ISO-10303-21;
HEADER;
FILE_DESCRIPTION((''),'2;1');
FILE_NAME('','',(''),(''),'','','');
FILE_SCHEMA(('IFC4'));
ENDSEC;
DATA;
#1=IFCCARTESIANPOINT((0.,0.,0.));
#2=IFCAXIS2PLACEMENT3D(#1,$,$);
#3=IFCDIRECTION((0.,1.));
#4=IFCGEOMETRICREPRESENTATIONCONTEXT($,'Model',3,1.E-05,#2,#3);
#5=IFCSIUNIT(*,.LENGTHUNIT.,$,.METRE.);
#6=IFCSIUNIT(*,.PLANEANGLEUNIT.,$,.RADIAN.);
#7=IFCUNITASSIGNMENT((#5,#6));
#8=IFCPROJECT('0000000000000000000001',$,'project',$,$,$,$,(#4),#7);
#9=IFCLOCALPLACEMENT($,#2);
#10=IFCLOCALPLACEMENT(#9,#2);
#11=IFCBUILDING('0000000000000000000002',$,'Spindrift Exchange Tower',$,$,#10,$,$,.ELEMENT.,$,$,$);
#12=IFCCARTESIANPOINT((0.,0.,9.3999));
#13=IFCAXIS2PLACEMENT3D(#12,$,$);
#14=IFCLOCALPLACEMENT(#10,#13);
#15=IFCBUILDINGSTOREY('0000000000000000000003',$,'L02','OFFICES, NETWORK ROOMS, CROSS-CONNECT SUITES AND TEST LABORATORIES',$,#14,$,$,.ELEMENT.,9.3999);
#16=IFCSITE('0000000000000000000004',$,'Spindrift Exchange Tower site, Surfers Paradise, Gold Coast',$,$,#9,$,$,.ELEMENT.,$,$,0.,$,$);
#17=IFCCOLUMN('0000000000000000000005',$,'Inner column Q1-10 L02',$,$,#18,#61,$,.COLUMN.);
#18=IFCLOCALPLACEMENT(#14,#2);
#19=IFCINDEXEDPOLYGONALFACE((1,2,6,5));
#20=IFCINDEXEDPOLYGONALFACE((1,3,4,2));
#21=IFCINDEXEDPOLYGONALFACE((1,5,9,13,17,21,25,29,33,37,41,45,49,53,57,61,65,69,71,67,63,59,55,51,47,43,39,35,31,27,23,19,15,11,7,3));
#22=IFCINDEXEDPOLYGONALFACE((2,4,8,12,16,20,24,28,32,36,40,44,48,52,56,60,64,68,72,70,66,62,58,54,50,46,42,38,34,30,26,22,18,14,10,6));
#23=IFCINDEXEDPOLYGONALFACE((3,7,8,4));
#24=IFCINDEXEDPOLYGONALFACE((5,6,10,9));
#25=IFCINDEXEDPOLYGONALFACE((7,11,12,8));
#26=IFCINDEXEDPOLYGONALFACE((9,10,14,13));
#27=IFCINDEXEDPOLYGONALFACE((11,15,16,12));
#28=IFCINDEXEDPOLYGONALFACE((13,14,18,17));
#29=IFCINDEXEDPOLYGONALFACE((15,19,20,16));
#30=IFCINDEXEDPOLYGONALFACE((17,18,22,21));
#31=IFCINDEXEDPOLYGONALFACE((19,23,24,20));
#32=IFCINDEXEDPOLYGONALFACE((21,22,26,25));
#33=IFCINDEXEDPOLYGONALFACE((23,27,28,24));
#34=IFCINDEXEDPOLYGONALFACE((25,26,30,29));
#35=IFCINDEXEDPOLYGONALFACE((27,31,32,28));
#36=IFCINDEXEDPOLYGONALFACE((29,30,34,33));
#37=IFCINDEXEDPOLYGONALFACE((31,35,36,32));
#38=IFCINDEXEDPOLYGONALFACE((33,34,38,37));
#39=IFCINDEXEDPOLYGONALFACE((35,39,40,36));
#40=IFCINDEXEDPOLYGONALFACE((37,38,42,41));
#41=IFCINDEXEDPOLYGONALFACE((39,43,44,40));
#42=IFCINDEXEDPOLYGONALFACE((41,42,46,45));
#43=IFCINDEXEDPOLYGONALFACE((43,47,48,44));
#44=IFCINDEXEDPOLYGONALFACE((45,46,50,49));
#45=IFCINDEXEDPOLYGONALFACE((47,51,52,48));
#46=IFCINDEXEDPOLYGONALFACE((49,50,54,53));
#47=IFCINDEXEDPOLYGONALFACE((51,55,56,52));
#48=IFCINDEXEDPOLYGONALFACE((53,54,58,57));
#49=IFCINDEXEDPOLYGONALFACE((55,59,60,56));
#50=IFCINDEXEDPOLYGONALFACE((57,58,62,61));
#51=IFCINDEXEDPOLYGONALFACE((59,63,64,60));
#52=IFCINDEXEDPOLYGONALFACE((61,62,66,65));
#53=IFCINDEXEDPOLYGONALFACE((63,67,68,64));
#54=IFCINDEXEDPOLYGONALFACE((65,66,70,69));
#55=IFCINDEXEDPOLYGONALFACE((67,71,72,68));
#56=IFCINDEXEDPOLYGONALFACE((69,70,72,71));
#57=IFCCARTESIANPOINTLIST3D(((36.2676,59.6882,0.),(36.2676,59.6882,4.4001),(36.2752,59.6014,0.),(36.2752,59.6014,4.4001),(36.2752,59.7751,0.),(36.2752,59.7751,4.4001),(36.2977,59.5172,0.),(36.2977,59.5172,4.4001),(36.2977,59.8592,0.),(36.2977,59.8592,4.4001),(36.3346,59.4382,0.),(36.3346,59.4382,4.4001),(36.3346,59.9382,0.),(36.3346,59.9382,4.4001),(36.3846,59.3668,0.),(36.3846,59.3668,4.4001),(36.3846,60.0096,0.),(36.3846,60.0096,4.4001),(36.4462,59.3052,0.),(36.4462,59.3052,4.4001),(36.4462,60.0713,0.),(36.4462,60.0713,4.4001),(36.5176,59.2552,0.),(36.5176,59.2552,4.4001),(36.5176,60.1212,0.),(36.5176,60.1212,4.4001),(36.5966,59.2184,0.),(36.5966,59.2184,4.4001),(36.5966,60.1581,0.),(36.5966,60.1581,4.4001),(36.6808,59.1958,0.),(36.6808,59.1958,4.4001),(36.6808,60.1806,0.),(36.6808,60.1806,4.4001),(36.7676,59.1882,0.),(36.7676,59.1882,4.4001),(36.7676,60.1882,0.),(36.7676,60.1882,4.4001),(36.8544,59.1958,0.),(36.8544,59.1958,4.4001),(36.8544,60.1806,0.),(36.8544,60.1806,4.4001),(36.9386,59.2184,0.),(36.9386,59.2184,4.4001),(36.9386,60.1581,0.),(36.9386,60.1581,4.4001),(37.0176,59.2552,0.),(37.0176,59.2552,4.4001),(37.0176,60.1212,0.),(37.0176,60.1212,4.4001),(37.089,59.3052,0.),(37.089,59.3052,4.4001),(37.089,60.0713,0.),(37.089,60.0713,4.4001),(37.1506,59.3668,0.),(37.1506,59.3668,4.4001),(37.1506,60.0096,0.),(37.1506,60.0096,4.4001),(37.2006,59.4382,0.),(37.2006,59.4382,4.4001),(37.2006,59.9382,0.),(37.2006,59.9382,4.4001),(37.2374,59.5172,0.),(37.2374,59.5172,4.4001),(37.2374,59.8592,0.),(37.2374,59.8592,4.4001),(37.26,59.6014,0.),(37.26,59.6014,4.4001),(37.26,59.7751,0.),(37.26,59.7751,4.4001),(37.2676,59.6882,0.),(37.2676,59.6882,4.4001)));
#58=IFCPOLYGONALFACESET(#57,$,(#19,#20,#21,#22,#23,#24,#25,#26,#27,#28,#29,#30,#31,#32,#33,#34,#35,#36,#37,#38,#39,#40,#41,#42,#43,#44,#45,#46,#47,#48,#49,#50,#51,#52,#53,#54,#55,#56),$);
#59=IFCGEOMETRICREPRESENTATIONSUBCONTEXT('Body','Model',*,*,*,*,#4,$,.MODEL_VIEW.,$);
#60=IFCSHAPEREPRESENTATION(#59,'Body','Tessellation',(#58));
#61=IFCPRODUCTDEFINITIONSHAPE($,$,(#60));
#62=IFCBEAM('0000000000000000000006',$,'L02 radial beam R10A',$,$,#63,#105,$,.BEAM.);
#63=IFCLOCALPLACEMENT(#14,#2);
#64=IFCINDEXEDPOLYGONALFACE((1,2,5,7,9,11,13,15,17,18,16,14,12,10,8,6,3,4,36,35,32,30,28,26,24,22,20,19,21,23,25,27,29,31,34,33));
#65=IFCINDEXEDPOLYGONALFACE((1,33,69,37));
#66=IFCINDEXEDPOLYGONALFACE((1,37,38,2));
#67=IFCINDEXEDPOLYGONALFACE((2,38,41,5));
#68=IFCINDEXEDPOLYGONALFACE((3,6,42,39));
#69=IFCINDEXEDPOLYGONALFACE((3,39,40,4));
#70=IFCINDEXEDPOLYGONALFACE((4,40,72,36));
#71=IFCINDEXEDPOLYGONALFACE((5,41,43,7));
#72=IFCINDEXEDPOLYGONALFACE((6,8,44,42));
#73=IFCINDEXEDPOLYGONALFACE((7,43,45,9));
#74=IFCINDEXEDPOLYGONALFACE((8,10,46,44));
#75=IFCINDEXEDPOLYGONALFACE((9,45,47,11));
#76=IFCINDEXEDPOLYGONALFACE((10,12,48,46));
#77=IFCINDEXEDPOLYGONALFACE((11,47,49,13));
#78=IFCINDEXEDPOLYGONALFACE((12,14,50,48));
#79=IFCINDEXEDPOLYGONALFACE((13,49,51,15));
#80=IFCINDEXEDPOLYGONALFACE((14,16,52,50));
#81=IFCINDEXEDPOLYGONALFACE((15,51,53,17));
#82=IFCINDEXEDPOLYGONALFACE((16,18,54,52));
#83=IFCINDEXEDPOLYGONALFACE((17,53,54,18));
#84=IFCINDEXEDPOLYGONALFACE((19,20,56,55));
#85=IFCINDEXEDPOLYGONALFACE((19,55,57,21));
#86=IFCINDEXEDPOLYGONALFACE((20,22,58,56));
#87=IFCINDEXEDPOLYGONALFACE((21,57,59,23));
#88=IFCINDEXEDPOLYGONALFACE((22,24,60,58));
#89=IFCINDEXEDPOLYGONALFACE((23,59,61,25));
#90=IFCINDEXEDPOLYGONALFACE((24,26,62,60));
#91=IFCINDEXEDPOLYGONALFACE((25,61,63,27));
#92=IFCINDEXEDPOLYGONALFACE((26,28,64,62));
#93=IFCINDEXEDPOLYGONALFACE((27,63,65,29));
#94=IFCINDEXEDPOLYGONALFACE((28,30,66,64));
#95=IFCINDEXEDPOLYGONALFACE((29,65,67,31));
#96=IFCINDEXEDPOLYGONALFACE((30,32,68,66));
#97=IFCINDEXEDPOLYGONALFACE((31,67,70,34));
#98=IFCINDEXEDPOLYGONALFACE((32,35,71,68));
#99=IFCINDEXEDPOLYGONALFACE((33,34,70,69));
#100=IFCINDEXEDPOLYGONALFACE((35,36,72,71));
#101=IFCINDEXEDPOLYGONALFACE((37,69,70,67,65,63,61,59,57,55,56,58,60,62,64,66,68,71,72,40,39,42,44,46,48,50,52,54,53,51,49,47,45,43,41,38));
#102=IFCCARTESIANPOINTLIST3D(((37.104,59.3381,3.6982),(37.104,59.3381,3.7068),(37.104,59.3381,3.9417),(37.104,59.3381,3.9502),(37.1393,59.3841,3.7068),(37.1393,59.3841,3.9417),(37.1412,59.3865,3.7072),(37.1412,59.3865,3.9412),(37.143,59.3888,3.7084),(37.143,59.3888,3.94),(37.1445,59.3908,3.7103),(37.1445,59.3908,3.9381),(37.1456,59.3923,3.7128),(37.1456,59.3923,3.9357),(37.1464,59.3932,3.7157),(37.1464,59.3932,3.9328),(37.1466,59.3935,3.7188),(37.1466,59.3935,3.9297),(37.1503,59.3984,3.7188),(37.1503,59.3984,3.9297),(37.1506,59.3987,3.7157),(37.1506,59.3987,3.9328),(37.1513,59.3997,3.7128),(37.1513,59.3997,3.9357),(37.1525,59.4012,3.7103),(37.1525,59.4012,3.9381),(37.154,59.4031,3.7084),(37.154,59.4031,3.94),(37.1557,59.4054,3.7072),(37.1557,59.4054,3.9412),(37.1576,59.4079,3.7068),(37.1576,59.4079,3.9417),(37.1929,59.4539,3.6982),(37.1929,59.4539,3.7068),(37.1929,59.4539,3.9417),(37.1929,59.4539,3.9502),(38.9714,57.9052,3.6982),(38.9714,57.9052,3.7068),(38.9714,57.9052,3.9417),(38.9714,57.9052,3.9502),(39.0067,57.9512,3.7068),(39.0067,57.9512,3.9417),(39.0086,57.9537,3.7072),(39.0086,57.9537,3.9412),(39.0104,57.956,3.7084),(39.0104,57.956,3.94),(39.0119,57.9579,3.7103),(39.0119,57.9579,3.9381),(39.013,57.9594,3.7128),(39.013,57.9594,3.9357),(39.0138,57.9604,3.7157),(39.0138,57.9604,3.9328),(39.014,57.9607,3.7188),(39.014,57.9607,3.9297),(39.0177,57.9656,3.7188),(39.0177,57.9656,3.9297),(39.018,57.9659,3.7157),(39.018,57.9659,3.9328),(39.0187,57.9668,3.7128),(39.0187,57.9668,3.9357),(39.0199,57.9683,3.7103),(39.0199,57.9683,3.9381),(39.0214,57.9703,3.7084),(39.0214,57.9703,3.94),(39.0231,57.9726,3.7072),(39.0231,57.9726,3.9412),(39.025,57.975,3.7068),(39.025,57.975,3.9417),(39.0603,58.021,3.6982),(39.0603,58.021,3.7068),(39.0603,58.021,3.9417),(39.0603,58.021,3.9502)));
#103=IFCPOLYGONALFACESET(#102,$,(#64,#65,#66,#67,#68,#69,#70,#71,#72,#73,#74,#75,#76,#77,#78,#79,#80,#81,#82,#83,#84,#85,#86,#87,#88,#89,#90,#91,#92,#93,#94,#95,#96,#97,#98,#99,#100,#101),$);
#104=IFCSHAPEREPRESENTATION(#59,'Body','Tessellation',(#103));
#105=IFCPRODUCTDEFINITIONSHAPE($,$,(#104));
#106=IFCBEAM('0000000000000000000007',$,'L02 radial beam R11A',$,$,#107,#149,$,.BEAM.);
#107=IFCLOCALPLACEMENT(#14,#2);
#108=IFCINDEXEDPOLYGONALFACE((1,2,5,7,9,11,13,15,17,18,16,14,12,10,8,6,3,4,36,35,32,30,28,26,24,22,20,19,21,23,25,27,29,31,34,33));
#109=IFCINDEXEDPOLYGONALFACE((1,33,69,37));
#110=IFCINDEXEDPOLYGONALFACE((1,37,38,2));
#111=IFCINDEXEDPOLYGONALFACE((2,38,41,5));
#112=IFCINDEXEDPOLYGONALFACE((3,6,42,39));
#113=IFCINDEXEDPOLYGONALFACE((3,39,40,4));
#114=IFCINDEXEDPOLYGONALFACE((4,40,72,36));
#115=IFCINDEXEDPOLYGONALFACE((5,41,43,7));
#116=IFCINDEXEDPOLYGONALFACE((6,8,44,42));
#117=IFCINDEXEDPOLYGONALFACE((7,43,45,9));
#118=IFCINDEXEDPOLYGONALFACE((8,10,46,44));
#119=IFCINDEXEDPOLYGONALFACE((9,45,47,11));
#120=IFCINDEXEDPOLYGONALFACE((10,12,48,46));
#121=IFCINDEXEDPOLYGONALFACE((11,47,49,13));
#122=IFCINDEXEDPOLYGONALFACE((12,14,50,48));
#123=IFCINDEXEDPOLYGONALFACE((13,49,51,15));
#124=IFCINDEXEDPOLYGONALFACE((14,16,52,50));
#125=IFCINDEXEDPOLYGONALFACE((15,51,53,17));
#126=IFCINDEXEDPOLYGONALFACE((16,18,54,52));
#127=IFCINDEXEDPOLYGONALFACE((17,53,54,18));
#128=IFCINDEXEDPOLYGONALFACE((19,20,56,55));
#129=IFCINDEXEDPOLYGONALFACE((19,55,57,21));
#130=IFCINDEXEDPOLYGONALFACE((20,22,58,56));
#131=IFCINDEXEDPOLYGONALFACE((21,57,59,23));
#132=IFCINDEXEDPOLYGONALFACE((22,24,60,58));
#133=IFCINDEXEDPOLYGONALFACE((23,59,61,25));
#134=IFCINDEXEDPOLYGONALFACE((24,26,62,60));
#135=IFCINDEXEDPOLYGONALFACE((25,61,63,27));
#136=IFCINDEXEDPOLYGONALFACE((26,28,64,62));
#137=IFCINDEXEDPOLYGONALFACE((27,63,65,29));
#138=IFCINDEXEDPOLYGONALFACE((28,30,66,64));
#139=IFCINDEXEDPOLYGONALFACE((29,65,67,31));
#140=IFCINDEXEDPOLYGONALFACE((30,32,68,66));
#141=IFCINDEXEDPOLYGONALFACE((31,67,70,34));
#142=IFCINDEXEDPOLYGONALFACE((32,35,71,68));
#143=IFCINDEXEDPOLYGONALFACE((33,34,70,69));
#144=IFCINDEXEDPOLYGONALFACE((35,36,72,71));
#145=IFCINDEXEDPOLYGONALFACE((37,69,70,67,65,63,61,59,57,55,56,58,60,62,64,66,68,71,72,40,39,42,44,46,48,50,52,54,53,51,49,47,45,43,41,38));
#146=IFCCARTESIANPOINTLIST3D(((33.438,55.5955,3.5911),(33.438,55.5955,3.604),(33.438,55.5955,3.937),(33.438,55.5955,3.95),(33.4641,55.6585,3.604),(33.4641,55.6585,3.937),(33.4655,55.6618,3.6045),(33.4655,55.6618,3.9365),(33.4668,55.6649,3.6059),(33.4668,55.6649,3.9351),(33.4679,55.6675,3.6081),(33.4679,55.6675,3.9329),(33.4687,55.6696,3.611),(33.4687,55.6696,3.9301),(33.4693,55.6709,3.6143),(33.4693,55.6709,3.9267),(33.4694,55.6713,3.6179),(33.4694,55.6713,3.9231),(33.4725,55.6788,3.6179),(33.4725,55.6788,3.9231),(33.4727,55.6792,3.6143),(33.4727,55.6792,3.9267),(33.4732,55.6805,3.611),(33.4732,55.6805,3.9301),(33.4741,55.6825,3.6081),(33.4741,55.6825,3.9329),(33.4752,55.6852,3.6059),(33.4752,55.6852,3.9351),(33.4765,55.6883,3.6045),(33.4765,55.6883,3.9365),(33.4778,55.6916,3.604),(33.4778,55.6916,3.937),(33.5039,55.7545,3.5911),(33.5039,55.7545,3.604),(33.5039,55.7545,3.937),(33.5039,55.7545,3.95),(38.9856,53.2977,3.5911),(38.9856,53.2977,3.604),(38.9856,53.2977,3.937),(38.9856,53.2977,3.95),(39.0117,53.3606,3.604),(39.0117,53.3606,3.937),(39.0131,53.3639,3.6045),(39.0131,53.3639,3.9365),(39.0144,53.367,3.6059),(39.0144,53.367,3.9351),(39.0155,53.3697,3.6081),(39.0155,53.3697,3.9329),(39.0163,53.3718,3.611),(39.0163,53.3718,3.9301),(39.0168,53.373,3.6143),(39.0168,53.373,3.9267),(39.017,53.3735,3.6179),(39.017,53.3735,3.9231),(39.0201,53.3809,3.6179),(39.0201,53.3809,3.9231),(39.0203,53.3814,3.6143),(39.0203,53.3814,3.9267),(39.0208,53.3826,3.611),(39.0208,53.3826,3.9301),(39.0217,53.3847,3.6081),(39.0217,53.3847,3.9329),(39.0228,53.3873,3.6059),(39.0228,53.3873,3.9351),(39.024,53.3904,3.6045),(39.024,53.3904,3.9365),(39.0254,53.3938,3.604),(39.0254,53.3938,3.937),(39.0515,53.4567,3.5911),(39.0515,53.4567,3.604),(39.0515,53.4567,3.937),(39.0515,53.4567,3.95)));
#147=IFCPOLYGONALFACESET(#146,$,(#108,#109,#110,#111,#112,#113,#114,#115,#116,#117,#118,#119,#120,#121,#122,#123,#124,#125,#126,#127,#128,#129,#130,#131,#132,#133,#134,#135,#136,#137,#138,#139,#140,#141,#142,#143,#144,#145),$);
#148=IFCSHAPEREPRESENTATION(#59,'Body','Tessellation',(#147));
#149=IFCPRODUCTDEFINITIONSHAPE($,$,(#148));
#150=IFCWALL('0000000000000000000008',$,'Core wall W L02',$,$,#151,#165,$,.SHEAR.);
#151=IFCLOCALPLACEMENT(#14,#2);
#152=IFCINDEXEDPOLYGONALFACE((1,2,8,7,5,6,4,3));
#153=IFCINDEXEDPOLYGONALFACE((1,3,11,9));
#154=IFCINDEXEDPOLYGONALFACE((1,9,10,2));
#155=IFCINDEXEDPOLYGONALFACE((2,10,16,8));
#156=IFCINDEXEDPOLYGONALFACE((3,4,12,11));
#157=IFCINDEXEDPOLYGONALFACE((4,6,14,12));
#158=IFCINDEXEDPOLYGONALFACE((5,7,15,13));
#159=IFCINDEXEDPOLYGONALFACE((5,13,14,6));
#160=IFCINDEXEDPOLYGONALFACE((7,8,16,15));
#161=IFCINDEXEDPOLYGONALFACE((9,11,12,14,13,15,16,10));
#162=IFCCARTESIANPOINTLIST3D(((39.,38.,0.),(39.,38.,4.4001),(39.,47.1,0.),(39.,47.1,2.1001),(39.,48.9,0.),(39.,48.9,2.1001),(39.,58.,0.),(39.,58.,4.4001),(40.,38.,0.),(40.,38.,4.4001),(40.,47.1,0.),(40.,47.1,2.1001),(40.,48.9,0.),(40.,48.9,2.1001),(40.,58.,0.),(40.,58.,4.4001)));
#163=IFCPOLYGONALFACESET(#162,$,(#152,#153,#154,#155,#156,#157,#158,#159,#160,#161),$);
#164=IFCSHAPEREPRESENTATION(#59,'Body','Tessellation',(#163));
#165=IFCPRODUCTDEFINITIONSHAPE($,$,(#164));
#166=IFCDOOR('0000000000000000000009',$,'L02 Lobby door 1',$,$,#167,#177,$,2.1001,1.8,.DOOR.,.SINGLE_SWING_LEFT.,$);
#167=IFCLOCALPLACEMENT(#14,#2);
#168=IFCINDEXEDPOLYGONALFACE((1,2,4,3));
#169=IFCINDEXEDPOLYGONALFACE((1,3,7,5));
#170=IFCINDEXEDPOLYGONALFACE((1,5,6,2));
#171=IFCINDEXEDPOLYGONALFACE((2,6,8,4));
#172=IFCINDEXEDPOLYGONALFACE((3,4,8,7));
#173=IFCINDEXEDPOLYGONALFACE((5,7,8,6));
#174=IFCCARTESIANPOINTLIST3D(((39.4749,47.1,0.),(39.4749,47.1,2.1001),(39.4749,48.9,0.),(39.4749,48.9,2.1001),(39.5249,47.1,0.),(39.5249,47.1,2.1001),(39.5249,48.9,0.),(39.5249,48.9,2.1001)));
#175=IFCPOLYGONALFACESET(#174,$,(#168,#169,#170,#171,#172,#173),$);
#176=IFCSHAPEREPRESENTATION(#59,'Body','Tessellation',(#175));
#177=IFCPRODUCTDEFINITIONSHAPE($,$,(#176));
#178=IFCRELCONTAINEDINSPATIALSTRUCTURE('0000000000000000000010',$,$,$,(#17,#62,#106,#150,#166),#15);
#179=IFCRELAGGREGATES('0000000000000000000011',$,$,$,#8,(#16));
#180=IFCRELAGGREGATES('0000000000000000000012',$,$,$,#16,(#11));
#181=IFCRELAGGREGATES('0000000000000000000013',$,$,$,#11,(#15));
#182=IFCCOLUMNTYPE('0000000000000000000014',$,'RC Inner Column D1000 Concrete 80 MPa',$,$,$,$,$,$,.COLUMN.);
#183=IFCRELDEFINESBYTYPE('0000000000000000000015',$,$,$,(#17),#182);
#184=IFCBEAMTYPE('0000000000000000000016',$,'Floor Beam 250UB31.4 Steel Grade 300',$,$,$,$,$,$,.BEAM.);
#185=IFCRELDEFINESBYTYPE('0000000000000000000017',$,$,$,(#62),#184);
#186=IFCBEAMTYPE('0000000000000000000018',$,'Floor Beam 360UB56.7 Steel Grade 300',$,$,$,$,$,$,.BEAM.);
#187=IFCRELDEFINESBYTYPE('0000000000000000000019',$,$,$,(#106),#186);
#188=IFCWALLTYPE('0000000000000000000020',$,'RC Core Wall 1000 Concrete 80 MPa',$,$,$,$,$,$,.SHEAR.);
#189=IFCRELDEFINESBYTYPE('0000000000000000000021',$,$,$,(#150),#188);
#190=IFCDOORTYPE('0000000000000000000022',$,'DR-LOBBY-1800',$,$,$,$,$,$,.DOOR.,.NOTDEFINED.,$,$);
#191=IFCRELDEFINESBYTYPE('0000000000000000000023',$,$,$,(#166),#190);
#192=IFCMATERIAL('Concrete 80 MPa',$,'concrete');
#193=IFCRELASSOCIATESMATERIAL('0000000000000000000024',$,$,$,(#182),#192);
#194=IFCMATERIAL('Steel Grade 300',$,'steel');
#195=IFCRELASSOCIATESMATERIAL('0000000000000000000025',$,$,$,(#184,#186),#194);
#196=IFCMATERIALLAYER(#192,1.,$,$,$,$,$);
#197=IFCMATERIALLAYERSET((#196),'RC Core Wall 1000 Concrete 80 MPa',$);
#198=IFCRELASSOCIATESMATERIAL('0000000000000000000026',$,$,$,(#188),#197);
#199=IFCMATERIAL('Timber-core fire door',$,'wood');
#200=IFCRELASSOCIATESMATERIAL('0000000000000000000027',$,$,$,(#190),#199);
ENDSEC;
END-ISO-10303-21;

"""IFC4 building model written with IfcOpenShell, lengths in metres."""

from ifc_helpers import new_model, si_unit, direction, frame, frame_2d, origin, origin_2d, place, context, subcontext, project, spatial, rectangle, circle, i_section, extrude, source, transform, mapped, material, layer, layer_set, material_profile, profile_set, type_object, element, fill, save


model = new_model("IFC4")

# Units and contexts
model_context = context("Model", 3, precision=1e-05, world=origin(), true_north=direction((0.0, 1.0)))
body_context = subcontext(model_context, "Body", "Model", "MODEL_VIEW")
ifc_project = project(units=[si_unit("LENGTHUNIT", "METRE"), si_unit("PLANEANGLEUNIT", "RADIAN")], contexts=[model_context])

# Site, building, storey
site_placement = place(None, origin())
site = spatial("IfcSite", under=ifc_project, at=site_placement, Name="Spindrift Exchange Tower site, Surfers Paradise, Gold Coast", CompositionType="ELEMENT", RefElevation=0.0)
building_placement = place(site_placement, origin())
building = spatial("IfcBuilding", under=site, at=building_placement, Name="Spindrift Exchange Tower", CompositionType="ELEMENT")
storey_placement = place(building_placement, frame((0.0, 0.0, 9.3999)))
storey = spatial("IfcBuildingStorey", under=building, at=storey_placement, Name="L02", Description="OFFICES, NETWORK ROOMS, CROSS-CONNECT SUITES AND TEST LABORATORIES", CompositionType="ELEMENT", Elevation=9.3999)

# Column
ifc_material_1 = material(Name="Concrete 80 MPa", Category="concrete")
ifc_material_profile_1 = material_profile(ifc_material_1, circle(Radius=0.5, at=origin_2d()), Name="RC D1000")
ifc_profile_set_1 = profile_set([ifc_material_profile_1], Name="Concrete 80 MPa")
column_type = type_object("IfcColumnType", Name="RC Inner Column D1000 Concrete 80 MPa", PredefinedType="COLUMN", material=ifc_profile_set_1)
shared_shape_1 = source(origin(), body_context, "Body", "SweptSolid", [
    extrude(circle(Radius=0.5, at=origin_2d()), origin(), (0.0, 0.0, 1.0), 4.4001),
])
column_placement = place(storey_placement, frame((36.7676, 59.6882, 0.0), z_axis=(0.0, 0.0, 1.0), x_axis=(1.0, 0.0, 0.0)))
element("IfcColumn", 1, at=column_placement, inside=storey, type_object=column_type, Name="Inner column Q1-10 L02", PredefinedType="COLUMN", context=body_context, shape_type="MappedRepresentation", body=[
    mapped(shared_shape_1, transform((0.0, 0.0, 0.0), scale=1.0)),
])

# Beams
ifc_material_2 = material(Name="Steel Grade 300", Category="steel")
ifc_material_profile_2 = material_profile(ifc_material_2, i_section(OverallWidth=0.146, OverallDepth=0.252, WebThickness=0.0061, FlangeThickness=0.0085, FilletRadius=0.012, at=origin_2d()), Name="250UB31.4")
ifc_profile_set_2 = profile_set([ifc_material_profile_2], Name="Steel Grade 300")
beam_type_1 = type_object("IfcBeamType", Name="Floor Beam 250UB31.4 Steel Grade 300", PredefinedType="BEAM", material=ifc_profile_set_2)
shared_shape_2 = source(origin(), body_context, "Body", "SweptSolid", [
    extrude(i_section(OverallWidth=0.146, OverallDepth=0.252, WebThickness=0.0061, FlangeThickness=0.0085, FilletRadius=0.012, at=origin_2d()), origin(), (0.0, 0.0, 1.0), 2.3538),
])
beam_1_placement = place(storey_placement, frame((39.0159, 57.9631, 3.8242), z_axis=(-0.793368, 0.608743, 0.0), x_axis=(-0.608743, -0.793368, 0.0)))
element("IfcBeam", 2, at=beam_1_placement, inside=storey, type_object=beam_type_1, Name="L02 radial beam R10A", PredefinedType="BEAM", context=body_context, shape_type="MappedRepresentation", body=[
    mapped(shared_shape_2, transform((0.0, 0.0, 0.0), scale=1.0)),
])
ifc_material_profile_3 = material_profile(ifc_material_2, i_section(OverallWidth=0.1721, OverallDepth=0.3589, WebThickness=0.0081, FlangeThickness=0.0129, FilletRadius=0.0139, at=origin_2d()), Name="360UB56.7")
ifc_profile_set_3 = profile_set([ifc_material_profile_3], Name="Steel Grade 300")
beam_type_2 = type_object("IfcBeamType", Name="Floor Beam 360UB56.7 Steel Grade 300", PredefinedType="BEAM", material=ifc_profile_set_3)
shared_shape_3 = source(origin(), body_context, "Body", "SweptSolid", [
    extrude(i_section(OverallWidth=0.1721, OverallDepth=0.3589, WebThickness=0.0081, FlangeThickness=0.0129, FilletRadius=0.0139, at=origin_2d()), origin(), (0.0, 0.0, 1.0), 6.0046),
])
beam_2_placement = place(storey_placement, frame((39.0186, 53.3772, 3.7705), z_axis=(-0.923882, 0.382677, 0.0), x_axis=(-0.382677, -0.923882, 0.0)))
element("IfcBeam", 3, at=beam_2_placement, inside=storey, type_object=beam_type_2, Name="L02 radial beam R11A", PredefinedType="BEAM", context=body_context, shape_type="MappedRepresentation", body=[
    mapped(shared_shape_3, transform((0.0, 0.0, 0.0), scale=1.0)),
])

# Wall, opening, door
ifc_layer_1 = layer(ifc_material_1, 1.0)
ifc_layer_set_1 = layer_set([ifc_layer_1], Name="RC Core Wall 1000 Concrete 80 MPa")
wall_type_1 = type_object("IfcWallType", Name="RC Core Wall 1000 Concrete 80 MPa", PredefinedType="SHEAR", material=ifc_layer_set_1)
wall_1_placement = place(storey_placement, frame((39.5, 58.0, 0.0), z_axis=(0.0, 0.0, 1.0), x_axis=(0.0, -1.0, 0.0)))
wall_1 = element("IfcWall", 4, at=wall_1_placement, inside=storey, type_object=wall_type_1, Name="Core wall W L02", PredefinedType="SHEAR", context=body_context, shape_type="SweptSolid", body=[
    extrude(rectangle(XDim=20.0, YDim=1.0, at=frame_2d((10.0, 0.0))), origin(), (0.0, 0.0, 1.0), 4.4001),
])
opening_1_placement = place(wall_1_placement, frame((9.1001, 0.0, 0.0)))
opening_1 = element("IfcOpeningElement", 5, at=opening_1_placement, cuts=wall_1, PredefinedType="OPENING", context=body_context, shape_type="SweptSolid", body=[
    extrude(rectangle(XDim=1.8, YDim=2.1001, at=frame_2d((0.8999, 1.05))), frame((0.0, 0.51, 0.0), z_axis=(0.0, -1.0, 0.0), x_axis=(1.0, 0.0, 0.0)), (0.0, 0.0, 1.0), 1.02),
])
ifc_material_3 = material(Name="Timber-core fire door", Category="wood")
door_type_1 = type_object("IfcDoorType", Name="DR-LOBBY-1800", OperationType="NOTDEFINED", PredefinedType="DOOR", material=ifc_material_3)
shared_shape_4 = source(origin(), body_context, "Body", "SweptSolid", [
    extrude(rectangle(XDim=1.8, YDim=2.1001, at=frame_2d((0.8999, 1.05))), frame((0.0, 0.0249, 0.0), z_axis=(0.0, -1.0, 0.0), x_axis=(1.0, 0.0, 0.0)), (0.0, 0.0, 1.0), 0.05),
])
door_1_placement = place(opening_1_placement, origin())
door_1 = element("IfcDoor", 6, at=door_1_placement, inside=storey, type_object=door_type_1, Name="L02 Lobby door 1", OperationType="SINGLE_SWING_LEFT", OverallHeight=2.1001, OverallWidth=1.8, PredefinedType="DOOR", context=body_context, shape_type="MappedRepresentation", body=[
    mapped(shared_shape_4, transform((0.0, 0.0, 0.0), scale=1.0)),
])
fill(opening_1, door_1)

save(model, "model.ifc")
